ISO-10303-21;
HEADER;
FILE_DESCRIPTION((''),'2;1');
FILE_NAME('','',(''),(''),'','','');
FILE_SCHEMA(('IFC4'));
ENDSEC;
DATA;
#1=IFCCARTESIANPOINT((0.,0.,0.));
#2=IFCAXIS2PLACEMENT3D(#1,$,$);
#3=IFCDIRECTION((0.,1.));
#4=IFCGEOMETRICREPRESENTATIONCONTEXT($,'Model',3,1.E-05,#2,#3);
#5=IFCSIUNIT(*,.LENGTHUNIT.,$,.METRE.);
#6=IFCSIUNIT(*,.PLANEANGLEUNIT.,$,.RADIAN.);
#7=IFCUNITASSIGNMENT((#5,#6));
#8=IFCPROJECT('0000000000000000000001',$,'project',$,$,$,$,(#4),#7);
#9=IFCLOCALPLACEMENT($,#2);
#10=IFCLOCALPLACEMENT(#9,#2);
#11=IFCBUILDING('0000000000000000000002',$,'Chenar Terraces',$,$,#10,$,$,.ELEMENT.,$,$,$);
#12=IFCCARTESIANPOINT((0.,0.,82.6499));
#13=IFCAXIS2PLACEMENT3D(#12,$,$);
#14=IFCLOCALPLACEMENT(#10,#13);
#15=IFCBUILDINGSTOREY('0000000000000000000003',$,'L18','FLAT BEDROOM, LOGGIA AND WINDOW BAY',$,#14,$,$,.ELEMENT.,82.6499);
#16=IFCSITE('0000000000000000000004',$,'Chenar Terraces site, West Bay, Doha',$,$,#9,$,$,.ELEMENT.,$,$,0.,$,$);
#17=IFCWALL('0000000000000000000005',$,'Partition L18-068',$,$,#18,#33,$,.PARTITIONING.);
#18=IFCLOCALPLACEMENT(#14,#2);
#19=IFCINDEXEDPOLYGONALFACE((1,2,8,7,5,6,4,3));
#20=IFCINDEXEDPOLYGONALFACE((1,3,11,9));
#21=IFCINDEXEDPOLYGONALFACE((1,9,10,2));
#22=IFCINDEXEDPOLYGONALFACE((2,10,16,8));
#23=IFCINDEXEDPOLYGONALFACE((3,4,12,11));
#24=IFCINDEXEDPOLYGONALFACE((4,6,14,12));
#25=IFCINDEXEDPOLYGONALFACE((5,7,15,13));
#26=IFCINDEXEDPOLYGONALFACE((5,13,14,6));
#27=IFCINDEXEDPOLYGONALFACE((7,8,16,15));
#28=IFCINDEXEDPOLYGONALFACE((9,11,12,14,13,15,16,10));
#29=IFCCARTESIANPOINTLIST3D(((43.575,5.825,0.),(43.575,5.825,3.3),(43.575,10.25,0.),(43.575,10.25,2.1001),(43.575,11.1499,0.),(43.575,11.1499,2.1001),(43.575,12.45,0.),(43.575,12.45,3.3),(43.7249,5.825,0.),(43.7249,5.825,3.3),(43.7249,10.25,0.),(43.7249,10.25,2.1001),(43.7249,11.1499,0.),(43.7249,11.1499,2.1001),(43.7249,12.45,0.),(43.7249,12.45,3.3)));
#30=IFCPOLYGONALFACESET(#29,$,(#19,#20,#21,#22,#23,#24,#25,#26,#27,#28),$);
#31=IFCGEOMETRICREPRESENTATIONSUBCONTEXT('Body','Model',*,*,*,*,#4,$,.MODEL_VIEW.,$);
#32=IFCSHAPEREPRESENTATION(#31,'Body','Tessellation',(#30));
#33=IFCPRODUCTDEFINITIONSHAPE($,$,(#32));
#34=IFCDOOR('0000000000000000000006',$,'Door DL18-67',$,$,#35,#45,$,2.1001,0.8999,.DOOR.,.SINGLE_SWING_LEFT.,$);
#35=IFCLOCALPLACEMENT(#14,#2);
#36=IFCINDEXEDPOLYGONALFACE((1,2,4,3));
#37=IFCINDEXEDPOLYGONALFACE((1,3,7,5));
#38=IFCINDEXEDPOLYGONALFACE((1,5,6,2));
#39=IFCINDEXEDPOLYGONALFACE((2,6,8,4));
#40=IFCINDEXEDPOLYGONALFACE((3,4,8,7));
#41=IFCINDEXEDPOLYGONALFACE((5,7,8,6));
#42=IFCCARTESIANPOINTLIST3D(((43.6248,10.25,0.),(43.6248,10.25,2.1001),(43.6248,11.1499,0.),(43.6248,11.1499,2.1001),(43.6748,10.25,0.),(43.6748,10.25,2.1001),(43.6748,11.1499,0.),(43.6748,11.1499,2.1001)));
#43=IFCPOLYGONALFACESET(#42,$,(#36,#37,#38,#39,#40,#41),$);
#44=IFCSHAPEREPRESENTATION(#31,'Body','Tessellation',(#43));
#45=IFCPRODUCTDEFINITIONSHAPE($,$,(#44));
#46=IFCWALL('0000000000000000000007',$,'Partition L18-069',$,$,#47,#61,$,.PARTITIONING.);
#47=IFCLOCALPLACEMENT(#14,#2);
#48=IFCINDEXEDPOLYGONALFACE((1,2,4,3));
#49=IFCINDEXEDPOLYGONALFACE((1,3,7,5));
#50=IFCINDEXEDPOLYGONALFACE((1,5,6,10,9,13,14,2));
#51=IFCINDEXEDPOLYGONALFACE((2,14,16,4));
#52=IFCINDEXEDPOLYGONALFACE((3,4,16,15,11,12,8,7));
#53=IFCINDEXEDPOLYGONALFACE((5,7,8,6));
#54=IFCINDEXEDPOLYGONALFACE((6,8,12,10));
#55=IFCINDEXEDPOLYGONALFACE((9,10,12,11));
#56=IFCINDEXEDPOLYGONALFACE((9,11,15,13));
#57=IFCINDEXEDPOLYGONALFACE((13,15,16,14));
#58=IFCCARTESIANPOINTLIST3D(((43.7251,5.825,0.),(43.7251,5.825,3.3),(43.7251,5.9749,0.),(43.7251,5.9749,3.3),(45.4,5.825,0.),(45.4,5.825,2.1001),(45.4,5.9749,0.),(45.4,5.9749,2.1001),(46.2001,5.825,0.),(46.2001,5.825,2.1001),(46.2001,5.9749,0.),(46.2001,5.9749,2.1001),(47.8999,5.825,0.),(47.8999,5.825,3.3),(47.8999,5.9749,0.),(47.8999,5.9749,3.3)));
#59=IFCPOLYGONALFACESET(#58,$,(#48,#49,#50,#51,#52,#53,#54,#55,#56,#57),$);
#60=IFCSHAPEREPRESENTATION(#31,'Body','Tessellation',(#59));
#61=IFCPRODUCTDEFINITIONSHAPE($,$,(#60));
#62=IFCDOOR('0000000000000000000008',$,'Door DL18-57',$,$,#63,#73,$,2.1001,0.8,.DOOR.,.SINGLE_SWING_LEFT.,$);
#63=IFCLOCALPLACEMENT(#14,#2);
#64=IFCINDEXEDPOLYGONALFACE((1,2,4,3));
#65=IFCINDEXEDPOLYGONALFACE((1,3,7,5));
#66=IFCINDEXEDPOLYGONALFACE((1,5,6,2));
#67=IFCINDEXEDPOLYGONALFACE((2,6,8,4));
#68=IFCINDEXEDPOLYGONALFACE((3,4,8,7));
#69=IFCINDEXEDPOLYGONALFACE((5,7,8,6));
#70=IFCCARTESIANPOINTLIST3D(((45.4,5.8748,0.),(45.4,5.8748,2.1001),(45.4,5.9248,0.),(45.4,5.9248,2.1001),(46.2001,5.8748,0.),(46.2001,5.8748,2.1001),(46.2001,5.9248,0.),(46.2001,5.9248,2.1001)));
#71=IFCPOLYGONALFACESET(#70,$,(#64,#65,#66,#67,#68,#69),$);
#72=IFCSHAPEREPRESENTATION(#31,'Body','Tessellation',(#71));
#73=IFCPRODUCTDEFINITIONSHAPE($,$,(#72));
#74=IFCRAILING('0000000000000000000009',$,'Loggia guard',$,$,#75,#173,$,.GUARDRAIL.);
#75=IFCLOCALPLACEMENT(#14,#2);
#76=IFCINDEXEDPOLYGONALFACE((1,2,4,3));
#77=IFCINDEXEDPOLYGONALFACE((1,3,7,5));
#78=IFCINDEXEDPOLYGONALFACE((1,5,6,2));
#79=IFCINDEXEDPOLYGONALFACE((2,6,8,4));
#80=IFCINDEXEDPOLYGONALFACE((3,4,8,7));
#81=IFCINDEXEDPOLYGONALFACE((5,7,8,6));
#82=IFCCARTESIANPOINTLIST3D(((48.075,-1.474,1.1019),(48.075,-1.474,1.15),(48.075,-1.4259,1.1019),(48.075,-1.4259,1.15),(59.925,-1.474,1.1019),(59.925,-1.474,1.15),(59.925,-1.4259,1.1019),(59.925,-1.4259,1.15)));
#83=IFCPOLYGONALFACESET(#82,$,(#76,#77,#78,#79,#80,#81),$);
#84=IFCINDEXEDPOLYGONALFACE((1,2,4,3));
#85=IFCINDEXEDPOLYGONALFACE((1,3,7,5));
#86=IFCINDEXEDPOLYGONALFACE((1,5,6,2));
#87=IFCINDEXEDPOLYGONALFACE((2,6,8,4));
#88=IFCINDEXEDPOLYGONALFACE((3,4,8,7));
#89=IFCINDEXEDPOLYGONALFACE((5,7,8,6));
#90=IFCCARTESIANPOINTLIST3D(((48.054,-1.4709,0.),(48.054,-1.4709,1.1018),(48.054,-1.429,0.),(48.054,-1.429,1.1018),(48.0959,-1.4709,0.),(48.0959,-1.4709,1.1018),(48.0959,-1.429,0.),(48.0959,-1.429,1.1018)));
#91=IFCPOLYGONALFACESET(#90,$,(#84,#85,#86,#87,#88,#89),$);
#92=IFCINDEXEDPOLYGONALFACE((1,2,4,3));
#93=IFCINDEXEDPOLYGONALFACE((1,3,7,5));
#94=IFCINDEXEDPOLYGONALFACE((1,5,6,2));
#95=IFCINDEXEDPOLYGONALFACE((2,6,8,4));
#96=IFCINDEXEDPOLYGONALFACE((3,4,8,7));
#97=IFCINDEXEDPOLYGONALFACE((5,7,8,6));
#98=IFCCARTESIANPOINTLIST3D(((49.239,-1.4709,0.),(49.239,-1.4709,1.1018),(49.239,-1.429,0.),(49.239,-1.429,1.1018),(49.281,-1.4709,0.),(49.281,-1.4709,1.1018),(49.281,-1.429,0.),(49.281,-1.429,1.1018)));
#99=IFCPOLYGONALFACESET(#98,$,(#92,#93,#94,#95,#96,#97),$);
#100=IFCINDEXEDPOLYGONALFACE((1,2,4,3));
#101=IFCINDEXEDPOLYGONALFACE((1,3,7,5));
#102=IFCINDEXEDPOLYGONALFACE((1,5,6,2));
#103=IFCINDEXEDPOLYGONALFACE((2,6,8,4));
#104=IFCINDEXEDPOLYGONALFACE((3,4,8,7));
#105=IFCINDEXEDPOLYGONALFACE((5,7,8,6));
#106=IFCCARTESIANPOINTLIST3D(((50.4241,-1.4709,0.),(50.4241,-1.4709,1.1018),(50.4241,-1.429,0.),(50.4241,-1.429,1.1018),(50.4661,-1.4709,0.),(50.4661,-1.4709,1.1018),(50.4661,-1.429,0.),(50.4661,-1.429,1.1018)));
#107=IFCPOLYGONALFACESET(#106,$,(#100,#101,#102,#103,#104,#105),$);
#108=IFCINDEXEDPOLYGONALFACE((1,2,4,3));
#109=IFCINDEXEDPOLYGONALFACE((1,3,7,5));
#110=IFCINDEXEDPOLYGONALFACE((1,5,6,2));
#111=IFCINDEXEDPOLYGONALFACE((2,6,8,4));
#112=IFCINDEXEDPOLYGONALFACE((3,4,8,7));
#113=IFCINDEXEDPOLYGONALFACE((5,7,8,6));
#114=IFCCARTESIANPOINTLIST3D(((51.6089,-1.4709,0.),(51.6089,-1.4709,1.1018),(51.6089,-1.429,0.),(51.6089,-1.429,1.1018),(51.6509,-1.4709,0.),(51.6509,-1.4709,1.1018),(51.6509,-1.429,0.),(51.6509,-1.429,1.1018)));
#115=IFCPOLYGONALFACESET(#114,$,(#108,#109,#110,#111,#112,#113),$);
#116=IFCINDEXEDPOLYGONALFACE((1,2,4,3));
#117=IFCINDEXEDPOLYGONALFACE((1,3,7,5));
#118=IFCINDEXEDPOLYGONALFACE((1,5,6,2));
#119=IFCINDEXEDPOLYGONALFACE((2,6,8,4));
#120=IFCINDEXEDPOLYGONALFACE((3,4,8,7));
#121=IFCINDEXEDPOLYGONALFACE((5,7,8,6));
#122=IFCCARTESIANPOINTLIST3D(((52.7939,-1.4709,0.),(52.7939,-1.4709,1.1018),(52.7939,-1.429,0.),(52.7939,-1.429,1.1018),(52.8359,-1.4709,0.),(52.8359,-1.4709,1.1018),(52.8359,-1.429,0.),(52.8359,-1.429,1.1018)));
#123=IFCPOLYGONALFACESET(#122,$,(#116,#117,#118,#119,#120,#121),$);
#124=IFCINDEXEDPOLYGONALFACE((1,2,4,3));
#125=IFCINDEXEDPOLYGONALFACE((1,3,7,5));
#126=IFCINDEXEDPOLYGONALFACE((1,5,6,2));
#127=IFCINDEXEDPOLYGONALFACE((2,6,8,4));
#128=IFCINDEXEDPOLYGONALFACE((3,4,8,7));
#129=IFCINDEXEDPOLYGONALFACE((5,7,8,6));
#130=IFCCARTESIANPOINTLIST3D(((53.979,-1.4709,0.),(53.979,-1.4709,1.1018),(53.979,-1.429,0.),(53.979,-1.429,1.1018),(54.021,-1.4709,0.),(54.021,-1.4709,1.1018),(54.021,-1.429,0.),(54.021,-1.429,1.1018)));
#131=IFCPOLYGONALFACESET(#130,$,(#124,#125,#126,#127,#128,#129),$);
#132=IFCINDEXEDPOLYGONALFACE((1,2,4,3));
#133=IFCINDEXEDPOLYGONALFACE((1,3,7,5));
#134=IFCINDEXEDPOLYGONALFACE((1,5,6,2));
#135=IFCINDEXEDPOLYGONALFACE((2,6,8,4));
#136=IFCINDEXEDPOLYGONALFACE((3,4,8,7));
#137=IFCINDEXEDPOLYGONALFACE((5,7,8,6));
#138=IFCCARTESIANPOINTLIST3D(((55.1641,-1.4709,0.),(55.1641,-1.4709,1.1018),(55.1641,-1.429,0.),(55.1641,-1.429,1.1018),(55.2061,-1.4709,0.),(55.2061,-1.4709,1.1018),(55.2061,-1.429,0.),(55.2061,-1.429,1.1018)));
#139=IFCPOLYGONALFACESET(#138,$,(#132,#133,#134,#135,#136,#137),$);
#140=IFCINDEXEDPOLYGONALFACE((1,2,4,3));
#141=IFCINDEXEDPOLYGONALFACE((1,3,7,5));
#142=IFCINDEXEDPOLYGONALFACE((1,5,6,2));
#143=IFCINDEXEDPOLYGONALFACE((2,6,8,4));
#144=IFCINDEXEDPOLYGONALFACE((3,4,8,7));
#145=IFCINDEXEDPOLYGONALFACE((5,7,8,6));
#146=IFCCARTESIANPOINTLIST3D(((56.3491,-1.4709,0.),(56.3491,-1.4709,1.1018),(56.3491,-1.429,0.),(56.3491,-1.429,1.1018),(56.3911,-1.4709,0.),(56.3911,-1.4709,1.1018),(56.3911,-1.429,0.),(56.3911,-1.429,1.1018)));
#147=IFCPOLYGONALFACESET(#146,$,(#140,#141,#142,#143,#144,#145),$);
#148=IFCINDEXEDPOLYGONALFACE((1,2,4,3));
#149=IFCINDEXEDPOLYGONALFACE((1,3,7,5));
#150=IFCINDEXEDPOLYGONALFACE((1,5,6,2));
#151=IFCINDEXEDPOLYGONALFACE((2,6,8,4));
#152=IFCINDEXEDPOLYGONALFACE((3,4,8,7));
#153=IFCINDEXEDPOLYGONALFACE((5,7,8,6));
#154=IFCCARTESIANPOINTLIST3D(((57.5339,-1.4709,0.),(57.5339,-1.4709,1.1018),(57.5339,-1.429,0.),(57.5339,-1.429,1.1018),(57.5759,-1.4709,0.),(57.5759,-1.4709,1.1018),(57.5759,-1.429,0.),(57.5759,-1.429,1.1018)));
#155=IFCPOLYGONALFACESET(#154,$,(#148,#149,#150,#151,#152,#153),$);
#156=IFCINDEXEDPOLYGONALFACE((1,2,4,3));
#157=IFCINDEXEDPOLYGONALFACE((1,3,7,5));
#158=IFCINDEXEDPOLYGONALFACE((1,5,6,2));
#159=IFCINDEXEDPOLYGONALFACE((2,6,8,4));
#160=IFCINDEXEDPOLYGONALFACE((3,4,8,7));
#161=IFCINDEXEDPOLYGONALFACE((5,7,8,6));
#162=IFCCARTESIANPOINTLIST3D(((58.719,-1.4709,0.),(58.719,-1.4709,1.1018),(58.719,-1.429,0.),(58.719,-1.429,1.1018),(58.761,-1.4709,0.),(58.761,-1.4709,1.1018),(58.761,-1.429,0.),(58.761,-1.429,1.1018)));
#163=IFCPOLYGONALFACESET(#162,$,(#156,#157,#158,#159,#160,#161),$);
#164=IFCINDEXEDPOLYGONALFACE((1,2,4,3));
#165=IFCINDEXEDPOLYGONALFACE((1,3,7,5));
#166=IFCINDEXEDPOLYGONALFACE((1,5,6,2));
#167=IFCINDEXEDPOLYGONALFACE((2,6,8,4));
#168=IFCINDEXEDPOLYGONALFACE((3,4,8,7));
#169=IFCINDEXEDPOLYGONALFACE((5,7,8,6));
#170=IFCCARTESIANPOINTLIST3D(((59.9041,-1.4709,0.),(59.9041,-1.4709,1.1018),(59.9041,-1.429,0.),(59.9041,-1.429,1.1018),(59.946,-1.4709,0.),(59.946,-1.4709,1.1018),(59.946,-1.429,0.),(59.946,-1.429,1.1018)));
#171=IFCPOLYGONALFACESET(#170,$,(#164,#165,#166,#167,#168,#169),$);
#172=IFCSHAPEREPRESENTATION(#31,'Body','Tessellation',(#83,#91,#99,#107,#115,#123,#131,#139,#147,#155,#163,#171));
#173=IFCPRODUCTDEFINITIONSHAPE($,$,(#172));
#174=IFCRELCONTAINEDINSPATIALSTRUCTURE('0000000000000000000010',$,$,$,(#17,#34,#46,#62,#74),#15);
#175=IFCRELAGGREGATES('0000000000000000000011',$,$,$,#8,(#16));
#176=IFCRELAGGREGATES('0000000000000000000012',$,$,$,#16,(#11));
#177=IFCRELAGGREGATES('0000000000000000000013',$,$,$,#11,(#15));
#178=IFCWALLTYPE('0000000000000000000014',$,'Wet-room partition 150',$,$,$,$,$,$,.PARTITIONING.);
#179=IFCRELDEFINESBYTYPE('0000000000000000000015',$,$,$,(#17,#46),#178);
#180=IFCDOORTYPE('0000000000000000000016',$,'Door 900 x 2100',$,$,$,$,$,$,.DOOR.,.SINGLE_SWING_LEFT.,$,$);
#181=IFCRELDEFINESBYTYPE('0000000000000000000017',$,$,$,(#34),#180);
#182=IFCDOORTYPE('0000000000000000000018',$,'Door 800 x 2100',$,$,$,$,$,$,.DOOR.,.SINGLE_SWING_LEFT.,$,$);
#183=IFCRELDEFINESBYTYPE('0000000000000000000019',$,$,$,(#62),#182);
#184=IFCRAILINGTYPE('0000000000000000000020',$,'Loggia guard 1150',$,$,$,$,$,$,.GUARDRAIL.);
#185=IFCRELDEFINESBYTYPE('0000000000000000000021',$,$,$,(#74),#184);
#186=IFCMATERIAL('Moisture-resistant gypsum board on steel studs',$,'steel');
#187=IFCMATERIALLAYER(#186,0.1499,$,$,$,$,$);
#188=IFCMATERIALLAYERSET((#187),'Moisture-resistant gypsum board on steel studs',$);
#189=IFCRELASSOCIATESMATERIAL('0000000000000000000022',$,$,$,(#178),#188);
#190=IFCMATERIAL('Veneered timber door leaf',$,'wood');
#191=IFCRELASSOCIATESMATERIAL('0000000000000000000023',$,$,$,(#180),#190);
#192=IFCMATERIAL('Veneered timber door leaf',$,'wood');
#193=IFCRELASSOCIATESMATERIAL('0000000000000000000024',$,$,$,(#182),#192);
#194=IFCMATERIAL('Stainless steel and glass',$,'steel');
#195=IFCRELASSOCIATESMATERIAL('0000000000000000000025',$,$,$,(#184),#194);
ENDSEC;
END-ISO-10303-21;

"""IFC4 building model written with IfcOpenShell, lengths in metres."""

from ifc_helpers import new_model, si_unit, direction, frame, frame_2d, origin, origin_2d, place, context, subcontext, project, spatial, rectangle, extrude, material, layer, layer_set, type_object, element, fill, save


model = new_model("IFC4")

# Units and contexts
model_context = context("Model", 3, precision=1e-05, world=origin(), true_north=direction((0.0, 1.0)))
body_context = subcontext(model_context, "Body", "Model", "MODEL_VIEW")
ifc_project = project(units=[si_unit("LENGTHUNIT", "METRE"), si_unit("PLANEANGLEUNIT", "RADIAN")], contexts=[model_context])

# Site, building, storey
site_placement = place(None, origin())
site = spatial("IfcSite", under=ifc_project, at=site_placement, Name="Chenar Terraces site, West Bay, Doha", CompositionType="ELEMENT", RefElevation=0.0)
building_placement = place(site_placement, origin())
building = spatial("IfcBuilding", under=site, at=building_placement, Name="Chenar Terraces", CompositionType="ELEMENT")
storey_placement = place(building_placement, frame((0.0, 0.0, 82.6499)))
storey = spatial("IfcBuildingStorey", under=building, at=storey_placement, Name="L18", Description="FLAT BEDROOM, LOGGIA AND WINDOW BAY", CompositionType="ELEMENT", Elevation=82.6499)

# Walls, openings, doors
ifc_material_1 = material(Name="Moisture-resistant gypsum board on steel studs", Category="steel")
ifc_layer_1 = layer(ifc_material_1, 0.1499)
ifc_layer_set_1 = layer_set([ifc_layer_1], Name="Moisture-resistant gypsum board on steel studs")
wall_type_1 = type_object("IfcWallType", Name="Wet-room partition 150", PredefinedType="PARTITIONING", material=ifc_layer_set_1)
wall_1_placement = place(storey_placement, frame((43.6499, 5.825, 0.0), z_axis=(0.0, 0.0, 1.0), x_axis=(0.0, 1.0, 0.0)))
wall_1 = element("IfcWall", 1, at=wall_1_placement, inside=storey, type_object=wall_type_1, Name="Partition L18-068", PredefinedType="PARTITIONING", context=body_context, shape_type="SweptSolid", body=[
    extrude(rectangle(XDim=6.625, YDim=0.1499, at=frame_2d((3.3125, 0.0))), origin(), (0.0, 0.0, 1.0), 3.3),
])
opening_1_placement = place(wall_1_placement, frame((4.425, 0.0, 0.0)))
opening_1 = element("IfcOpeningElement", 2, at=opening_1_placement, cuts=wall_1, PredefinedType="OPENING", context=body_context, shape_type="SweptSolid", body=[
    extrude(rectangle(XDim=0.8999, YDim=2.1001, at=frame_2d((0.45, 1.05))), frame((0.0, 0.085, 0.0), z_axis=(0.0, -1.0, 0.0), x_axis=(1.0, 0.0, 0.0)), (0.0, 0.0, 1.0), 0.1699),
])
ifc_material_2 = material(Name="Veneered timber door leaf", Category="wood")
door_type_1 = type_object("IfcDoorType", Name="Door 900 x 2100", OperationType="SINGLE_SWING_LEFT", PredefinedType="DOOR", material=ifc_material_2)
door_1_placement = place(opening_1_placement, frame((0.8999, 0.0, 0.0), z_axis=(0.0, 0.0, 1.0), x_axis=(-1.0, 0.0, 0.0)))
door_1 = element("IfcDoor", 3, at=door_1_placement, inside=storey, type_object=door_type_1, Name="Door DL18-67", OperationType="SINGLE_SWING_LEFT", OverallHeight=2.1001, OverallWidth=0.8999, PredefinedType="DOOR", context=body_context, shape_type="SweptSolid", body=[
    extrude(rectangle(XDim=0.8999, YDim=2.1001, at=frame_2d((0.45, 1.05))), frame((0.0, 0.0249, 0.0), z_axis=(0.0, -1.0, 0.0), x_axis=(1.0, 0.0, 0.0)), (0.0, 0.0, 1.0), 0.05),
])
fill(opening_1, door_1)
wall_2_placement = place(storey_placement, frame((43.7251, 5.8999, 0.0), z_axis=(0.0, 0.0, 1.0), x_axis=(1.0, 0.0, 0.0)))
wall_2 = element("IfcWall", 4, at=wall_2_placement, inside=storey, type_object=wall_type_1, Name="Partition L18-069", PredefinedType="PARTITIONING", context=body_context, shape_type="SweptSolid", body=[
    extrude(rectangle(XDim=4.1748, YDim=0.1499, at=frame_2d((2.0874, 0.0))), origin(), (0.0, 0.0, 1.0), 3.3),
])
opening_2_placement = place(wall_2_placement, frame((1.675, 0.0, 0.0)))
opening_2 = element("IfcOpeningElement", 5, at=opening_2_placement, cuts=wall_2, PredefinedType="OPENING", context=body_context, shape_type="SweptSolid", body=[
    extrude(rectangle(XDim=0.8, YDim=2.1001, at=frame_2d((0.3999, 1.05))), frame((0.0, 0.085, 0.0), z_axis=(0.0, -1.0, 0.0), x_axis=(1.0, 0.0, 0.0)), (0.0, 0.0, 1.0), 0.1699),
])
ifc_material_3 = material(Name="Veneered timber door leaf", Category="wood")
door_type_2 = type_object("IfcDoorType", Name="Door 800 x 2100", OperationType="SINGLE_SWING_LEFT", PredefinedType="DOOR", material=ifc_material_3)
door_2_placement = place(opening_2_placement, origin())
door_2 = element("IfcDoor", 6, at=door_2_placement, inside=storey, type_object=door_type_2, Name="Door DL18-57", OperationType="SINGLE_SWING_LEFT", OverallHeight=2.1001, OverallWidth=0.8, PredefinedType="DOOR", context=body_context, shape_type="SweptSolid", body=[
    extrude(rectangle(XDim=0.8, YDim=2.1001, at=frame_2d((0.3999, 1.05))), frame((0.0, 0.0249, 0.0), z_axis=(0.0, -1.0, 0.0), x_axis=(1.0, 0.0, 0.0)), (0.0, 0.0, 1.0), 0.05),
])
fill(opening_2, door_2)

# Railing
ifc_material_4 = material(Name="Stainless steel and glass", Category="steel")
railing_type = type_object("IfcRailingType", Name="Loggia guard 1150", PredefinedType="GUARDRAIL", material=ifc_material_4)
railing_placement = place(storey_placement, frame((48.075, -1.45, 0.0)))
element("IfcRailing", 7, at=railing_placement, inside=storey, type_object=railing_type, Name="Loggia guard", PredefinedType="GUARDRAIL", context=body_context, shape_type="SweptSolid", body=[
    extrude(rectangle(XDim=0.0481, YDim=0.0481, at=origin_2d()), frame((0.0, 0.0, 1.126), z_axis=(1.0, 0.0, 0.0), x_axis=(0.0, 1.0, 0.0)), (0.0, 0.0, 1.0), 11.8501),
    extrude(rectangle(XDim=0.042, YDim=0.042, at=origin_2d()), origin(), (0.0, 0.0, 1.0), 1.1018),
    extrude(rectangle(XDim=0.042, YDim=0.042, at=origin_2d()), frame((1.1851, 0.0, 0.0)), (0.0, 0.0, 1.0), 1.1018),
    extrude(rectangle(XDim=0.042, YDim=0.042, at=origin_2d()), frame((2.3701, 0.0, 0.0)), (0.0, 0.0, 1.0), 1.1018),
    extrude(rectangle(XDim=0.042, YDim=0.042, at=origin_2d()), frame((3.5549, 0.0, 0.0)), (0.0, 0.0, 1.0), 1.1018),
    extrude(rectangle(XDim=0.042, YDim=0.042, at=origin_2d()), frame((4.74, 0.0, 0.0)), (0.0, 0.0, 1.0), 1.1018),
    extrude(rectangle(XDim=0.042, YDim=0.042, at=origin_2d()), frame((5.925, 0.0, 0.0)), (0.0, 0.0, 1.0), 1.1018),
    extrude(rectangle(XDim=0.042, YDim=0.042, at=origin_2d()), frame((7.1101, 0.0, 0.0)), (0.0, 0.0, 1.0), 1.1018),
    extrude(rectangle(XDim=0.042, YDim=0.042, at=origin_2d()), frame((8.2952, 0.0, 0.0)), (0.0, 0.0, 1.0), 1.1018),
    extrude(rectangle(XDim=0.042, YDim=0.042, at=origin_2d()), frame((9.48, 0.0, 0.0)), (0.0, 0.0, 1.0), 1.1018),
    extrude(rectangle(XDim=0.042, YDim=0.042, at=origin_2d()), frame((10.665, 0.0, 0.0)), (0.0, 0.0, 1.0), 1.1018),
    extrude(rectangle(XDim=0.042, YDim=0.042, at=origin_2d()), frame((11.8501, 0.0, 0.0)), (0.0, 0.0, 1.0), 1.1018),
])

save(model, "model.ifc")
